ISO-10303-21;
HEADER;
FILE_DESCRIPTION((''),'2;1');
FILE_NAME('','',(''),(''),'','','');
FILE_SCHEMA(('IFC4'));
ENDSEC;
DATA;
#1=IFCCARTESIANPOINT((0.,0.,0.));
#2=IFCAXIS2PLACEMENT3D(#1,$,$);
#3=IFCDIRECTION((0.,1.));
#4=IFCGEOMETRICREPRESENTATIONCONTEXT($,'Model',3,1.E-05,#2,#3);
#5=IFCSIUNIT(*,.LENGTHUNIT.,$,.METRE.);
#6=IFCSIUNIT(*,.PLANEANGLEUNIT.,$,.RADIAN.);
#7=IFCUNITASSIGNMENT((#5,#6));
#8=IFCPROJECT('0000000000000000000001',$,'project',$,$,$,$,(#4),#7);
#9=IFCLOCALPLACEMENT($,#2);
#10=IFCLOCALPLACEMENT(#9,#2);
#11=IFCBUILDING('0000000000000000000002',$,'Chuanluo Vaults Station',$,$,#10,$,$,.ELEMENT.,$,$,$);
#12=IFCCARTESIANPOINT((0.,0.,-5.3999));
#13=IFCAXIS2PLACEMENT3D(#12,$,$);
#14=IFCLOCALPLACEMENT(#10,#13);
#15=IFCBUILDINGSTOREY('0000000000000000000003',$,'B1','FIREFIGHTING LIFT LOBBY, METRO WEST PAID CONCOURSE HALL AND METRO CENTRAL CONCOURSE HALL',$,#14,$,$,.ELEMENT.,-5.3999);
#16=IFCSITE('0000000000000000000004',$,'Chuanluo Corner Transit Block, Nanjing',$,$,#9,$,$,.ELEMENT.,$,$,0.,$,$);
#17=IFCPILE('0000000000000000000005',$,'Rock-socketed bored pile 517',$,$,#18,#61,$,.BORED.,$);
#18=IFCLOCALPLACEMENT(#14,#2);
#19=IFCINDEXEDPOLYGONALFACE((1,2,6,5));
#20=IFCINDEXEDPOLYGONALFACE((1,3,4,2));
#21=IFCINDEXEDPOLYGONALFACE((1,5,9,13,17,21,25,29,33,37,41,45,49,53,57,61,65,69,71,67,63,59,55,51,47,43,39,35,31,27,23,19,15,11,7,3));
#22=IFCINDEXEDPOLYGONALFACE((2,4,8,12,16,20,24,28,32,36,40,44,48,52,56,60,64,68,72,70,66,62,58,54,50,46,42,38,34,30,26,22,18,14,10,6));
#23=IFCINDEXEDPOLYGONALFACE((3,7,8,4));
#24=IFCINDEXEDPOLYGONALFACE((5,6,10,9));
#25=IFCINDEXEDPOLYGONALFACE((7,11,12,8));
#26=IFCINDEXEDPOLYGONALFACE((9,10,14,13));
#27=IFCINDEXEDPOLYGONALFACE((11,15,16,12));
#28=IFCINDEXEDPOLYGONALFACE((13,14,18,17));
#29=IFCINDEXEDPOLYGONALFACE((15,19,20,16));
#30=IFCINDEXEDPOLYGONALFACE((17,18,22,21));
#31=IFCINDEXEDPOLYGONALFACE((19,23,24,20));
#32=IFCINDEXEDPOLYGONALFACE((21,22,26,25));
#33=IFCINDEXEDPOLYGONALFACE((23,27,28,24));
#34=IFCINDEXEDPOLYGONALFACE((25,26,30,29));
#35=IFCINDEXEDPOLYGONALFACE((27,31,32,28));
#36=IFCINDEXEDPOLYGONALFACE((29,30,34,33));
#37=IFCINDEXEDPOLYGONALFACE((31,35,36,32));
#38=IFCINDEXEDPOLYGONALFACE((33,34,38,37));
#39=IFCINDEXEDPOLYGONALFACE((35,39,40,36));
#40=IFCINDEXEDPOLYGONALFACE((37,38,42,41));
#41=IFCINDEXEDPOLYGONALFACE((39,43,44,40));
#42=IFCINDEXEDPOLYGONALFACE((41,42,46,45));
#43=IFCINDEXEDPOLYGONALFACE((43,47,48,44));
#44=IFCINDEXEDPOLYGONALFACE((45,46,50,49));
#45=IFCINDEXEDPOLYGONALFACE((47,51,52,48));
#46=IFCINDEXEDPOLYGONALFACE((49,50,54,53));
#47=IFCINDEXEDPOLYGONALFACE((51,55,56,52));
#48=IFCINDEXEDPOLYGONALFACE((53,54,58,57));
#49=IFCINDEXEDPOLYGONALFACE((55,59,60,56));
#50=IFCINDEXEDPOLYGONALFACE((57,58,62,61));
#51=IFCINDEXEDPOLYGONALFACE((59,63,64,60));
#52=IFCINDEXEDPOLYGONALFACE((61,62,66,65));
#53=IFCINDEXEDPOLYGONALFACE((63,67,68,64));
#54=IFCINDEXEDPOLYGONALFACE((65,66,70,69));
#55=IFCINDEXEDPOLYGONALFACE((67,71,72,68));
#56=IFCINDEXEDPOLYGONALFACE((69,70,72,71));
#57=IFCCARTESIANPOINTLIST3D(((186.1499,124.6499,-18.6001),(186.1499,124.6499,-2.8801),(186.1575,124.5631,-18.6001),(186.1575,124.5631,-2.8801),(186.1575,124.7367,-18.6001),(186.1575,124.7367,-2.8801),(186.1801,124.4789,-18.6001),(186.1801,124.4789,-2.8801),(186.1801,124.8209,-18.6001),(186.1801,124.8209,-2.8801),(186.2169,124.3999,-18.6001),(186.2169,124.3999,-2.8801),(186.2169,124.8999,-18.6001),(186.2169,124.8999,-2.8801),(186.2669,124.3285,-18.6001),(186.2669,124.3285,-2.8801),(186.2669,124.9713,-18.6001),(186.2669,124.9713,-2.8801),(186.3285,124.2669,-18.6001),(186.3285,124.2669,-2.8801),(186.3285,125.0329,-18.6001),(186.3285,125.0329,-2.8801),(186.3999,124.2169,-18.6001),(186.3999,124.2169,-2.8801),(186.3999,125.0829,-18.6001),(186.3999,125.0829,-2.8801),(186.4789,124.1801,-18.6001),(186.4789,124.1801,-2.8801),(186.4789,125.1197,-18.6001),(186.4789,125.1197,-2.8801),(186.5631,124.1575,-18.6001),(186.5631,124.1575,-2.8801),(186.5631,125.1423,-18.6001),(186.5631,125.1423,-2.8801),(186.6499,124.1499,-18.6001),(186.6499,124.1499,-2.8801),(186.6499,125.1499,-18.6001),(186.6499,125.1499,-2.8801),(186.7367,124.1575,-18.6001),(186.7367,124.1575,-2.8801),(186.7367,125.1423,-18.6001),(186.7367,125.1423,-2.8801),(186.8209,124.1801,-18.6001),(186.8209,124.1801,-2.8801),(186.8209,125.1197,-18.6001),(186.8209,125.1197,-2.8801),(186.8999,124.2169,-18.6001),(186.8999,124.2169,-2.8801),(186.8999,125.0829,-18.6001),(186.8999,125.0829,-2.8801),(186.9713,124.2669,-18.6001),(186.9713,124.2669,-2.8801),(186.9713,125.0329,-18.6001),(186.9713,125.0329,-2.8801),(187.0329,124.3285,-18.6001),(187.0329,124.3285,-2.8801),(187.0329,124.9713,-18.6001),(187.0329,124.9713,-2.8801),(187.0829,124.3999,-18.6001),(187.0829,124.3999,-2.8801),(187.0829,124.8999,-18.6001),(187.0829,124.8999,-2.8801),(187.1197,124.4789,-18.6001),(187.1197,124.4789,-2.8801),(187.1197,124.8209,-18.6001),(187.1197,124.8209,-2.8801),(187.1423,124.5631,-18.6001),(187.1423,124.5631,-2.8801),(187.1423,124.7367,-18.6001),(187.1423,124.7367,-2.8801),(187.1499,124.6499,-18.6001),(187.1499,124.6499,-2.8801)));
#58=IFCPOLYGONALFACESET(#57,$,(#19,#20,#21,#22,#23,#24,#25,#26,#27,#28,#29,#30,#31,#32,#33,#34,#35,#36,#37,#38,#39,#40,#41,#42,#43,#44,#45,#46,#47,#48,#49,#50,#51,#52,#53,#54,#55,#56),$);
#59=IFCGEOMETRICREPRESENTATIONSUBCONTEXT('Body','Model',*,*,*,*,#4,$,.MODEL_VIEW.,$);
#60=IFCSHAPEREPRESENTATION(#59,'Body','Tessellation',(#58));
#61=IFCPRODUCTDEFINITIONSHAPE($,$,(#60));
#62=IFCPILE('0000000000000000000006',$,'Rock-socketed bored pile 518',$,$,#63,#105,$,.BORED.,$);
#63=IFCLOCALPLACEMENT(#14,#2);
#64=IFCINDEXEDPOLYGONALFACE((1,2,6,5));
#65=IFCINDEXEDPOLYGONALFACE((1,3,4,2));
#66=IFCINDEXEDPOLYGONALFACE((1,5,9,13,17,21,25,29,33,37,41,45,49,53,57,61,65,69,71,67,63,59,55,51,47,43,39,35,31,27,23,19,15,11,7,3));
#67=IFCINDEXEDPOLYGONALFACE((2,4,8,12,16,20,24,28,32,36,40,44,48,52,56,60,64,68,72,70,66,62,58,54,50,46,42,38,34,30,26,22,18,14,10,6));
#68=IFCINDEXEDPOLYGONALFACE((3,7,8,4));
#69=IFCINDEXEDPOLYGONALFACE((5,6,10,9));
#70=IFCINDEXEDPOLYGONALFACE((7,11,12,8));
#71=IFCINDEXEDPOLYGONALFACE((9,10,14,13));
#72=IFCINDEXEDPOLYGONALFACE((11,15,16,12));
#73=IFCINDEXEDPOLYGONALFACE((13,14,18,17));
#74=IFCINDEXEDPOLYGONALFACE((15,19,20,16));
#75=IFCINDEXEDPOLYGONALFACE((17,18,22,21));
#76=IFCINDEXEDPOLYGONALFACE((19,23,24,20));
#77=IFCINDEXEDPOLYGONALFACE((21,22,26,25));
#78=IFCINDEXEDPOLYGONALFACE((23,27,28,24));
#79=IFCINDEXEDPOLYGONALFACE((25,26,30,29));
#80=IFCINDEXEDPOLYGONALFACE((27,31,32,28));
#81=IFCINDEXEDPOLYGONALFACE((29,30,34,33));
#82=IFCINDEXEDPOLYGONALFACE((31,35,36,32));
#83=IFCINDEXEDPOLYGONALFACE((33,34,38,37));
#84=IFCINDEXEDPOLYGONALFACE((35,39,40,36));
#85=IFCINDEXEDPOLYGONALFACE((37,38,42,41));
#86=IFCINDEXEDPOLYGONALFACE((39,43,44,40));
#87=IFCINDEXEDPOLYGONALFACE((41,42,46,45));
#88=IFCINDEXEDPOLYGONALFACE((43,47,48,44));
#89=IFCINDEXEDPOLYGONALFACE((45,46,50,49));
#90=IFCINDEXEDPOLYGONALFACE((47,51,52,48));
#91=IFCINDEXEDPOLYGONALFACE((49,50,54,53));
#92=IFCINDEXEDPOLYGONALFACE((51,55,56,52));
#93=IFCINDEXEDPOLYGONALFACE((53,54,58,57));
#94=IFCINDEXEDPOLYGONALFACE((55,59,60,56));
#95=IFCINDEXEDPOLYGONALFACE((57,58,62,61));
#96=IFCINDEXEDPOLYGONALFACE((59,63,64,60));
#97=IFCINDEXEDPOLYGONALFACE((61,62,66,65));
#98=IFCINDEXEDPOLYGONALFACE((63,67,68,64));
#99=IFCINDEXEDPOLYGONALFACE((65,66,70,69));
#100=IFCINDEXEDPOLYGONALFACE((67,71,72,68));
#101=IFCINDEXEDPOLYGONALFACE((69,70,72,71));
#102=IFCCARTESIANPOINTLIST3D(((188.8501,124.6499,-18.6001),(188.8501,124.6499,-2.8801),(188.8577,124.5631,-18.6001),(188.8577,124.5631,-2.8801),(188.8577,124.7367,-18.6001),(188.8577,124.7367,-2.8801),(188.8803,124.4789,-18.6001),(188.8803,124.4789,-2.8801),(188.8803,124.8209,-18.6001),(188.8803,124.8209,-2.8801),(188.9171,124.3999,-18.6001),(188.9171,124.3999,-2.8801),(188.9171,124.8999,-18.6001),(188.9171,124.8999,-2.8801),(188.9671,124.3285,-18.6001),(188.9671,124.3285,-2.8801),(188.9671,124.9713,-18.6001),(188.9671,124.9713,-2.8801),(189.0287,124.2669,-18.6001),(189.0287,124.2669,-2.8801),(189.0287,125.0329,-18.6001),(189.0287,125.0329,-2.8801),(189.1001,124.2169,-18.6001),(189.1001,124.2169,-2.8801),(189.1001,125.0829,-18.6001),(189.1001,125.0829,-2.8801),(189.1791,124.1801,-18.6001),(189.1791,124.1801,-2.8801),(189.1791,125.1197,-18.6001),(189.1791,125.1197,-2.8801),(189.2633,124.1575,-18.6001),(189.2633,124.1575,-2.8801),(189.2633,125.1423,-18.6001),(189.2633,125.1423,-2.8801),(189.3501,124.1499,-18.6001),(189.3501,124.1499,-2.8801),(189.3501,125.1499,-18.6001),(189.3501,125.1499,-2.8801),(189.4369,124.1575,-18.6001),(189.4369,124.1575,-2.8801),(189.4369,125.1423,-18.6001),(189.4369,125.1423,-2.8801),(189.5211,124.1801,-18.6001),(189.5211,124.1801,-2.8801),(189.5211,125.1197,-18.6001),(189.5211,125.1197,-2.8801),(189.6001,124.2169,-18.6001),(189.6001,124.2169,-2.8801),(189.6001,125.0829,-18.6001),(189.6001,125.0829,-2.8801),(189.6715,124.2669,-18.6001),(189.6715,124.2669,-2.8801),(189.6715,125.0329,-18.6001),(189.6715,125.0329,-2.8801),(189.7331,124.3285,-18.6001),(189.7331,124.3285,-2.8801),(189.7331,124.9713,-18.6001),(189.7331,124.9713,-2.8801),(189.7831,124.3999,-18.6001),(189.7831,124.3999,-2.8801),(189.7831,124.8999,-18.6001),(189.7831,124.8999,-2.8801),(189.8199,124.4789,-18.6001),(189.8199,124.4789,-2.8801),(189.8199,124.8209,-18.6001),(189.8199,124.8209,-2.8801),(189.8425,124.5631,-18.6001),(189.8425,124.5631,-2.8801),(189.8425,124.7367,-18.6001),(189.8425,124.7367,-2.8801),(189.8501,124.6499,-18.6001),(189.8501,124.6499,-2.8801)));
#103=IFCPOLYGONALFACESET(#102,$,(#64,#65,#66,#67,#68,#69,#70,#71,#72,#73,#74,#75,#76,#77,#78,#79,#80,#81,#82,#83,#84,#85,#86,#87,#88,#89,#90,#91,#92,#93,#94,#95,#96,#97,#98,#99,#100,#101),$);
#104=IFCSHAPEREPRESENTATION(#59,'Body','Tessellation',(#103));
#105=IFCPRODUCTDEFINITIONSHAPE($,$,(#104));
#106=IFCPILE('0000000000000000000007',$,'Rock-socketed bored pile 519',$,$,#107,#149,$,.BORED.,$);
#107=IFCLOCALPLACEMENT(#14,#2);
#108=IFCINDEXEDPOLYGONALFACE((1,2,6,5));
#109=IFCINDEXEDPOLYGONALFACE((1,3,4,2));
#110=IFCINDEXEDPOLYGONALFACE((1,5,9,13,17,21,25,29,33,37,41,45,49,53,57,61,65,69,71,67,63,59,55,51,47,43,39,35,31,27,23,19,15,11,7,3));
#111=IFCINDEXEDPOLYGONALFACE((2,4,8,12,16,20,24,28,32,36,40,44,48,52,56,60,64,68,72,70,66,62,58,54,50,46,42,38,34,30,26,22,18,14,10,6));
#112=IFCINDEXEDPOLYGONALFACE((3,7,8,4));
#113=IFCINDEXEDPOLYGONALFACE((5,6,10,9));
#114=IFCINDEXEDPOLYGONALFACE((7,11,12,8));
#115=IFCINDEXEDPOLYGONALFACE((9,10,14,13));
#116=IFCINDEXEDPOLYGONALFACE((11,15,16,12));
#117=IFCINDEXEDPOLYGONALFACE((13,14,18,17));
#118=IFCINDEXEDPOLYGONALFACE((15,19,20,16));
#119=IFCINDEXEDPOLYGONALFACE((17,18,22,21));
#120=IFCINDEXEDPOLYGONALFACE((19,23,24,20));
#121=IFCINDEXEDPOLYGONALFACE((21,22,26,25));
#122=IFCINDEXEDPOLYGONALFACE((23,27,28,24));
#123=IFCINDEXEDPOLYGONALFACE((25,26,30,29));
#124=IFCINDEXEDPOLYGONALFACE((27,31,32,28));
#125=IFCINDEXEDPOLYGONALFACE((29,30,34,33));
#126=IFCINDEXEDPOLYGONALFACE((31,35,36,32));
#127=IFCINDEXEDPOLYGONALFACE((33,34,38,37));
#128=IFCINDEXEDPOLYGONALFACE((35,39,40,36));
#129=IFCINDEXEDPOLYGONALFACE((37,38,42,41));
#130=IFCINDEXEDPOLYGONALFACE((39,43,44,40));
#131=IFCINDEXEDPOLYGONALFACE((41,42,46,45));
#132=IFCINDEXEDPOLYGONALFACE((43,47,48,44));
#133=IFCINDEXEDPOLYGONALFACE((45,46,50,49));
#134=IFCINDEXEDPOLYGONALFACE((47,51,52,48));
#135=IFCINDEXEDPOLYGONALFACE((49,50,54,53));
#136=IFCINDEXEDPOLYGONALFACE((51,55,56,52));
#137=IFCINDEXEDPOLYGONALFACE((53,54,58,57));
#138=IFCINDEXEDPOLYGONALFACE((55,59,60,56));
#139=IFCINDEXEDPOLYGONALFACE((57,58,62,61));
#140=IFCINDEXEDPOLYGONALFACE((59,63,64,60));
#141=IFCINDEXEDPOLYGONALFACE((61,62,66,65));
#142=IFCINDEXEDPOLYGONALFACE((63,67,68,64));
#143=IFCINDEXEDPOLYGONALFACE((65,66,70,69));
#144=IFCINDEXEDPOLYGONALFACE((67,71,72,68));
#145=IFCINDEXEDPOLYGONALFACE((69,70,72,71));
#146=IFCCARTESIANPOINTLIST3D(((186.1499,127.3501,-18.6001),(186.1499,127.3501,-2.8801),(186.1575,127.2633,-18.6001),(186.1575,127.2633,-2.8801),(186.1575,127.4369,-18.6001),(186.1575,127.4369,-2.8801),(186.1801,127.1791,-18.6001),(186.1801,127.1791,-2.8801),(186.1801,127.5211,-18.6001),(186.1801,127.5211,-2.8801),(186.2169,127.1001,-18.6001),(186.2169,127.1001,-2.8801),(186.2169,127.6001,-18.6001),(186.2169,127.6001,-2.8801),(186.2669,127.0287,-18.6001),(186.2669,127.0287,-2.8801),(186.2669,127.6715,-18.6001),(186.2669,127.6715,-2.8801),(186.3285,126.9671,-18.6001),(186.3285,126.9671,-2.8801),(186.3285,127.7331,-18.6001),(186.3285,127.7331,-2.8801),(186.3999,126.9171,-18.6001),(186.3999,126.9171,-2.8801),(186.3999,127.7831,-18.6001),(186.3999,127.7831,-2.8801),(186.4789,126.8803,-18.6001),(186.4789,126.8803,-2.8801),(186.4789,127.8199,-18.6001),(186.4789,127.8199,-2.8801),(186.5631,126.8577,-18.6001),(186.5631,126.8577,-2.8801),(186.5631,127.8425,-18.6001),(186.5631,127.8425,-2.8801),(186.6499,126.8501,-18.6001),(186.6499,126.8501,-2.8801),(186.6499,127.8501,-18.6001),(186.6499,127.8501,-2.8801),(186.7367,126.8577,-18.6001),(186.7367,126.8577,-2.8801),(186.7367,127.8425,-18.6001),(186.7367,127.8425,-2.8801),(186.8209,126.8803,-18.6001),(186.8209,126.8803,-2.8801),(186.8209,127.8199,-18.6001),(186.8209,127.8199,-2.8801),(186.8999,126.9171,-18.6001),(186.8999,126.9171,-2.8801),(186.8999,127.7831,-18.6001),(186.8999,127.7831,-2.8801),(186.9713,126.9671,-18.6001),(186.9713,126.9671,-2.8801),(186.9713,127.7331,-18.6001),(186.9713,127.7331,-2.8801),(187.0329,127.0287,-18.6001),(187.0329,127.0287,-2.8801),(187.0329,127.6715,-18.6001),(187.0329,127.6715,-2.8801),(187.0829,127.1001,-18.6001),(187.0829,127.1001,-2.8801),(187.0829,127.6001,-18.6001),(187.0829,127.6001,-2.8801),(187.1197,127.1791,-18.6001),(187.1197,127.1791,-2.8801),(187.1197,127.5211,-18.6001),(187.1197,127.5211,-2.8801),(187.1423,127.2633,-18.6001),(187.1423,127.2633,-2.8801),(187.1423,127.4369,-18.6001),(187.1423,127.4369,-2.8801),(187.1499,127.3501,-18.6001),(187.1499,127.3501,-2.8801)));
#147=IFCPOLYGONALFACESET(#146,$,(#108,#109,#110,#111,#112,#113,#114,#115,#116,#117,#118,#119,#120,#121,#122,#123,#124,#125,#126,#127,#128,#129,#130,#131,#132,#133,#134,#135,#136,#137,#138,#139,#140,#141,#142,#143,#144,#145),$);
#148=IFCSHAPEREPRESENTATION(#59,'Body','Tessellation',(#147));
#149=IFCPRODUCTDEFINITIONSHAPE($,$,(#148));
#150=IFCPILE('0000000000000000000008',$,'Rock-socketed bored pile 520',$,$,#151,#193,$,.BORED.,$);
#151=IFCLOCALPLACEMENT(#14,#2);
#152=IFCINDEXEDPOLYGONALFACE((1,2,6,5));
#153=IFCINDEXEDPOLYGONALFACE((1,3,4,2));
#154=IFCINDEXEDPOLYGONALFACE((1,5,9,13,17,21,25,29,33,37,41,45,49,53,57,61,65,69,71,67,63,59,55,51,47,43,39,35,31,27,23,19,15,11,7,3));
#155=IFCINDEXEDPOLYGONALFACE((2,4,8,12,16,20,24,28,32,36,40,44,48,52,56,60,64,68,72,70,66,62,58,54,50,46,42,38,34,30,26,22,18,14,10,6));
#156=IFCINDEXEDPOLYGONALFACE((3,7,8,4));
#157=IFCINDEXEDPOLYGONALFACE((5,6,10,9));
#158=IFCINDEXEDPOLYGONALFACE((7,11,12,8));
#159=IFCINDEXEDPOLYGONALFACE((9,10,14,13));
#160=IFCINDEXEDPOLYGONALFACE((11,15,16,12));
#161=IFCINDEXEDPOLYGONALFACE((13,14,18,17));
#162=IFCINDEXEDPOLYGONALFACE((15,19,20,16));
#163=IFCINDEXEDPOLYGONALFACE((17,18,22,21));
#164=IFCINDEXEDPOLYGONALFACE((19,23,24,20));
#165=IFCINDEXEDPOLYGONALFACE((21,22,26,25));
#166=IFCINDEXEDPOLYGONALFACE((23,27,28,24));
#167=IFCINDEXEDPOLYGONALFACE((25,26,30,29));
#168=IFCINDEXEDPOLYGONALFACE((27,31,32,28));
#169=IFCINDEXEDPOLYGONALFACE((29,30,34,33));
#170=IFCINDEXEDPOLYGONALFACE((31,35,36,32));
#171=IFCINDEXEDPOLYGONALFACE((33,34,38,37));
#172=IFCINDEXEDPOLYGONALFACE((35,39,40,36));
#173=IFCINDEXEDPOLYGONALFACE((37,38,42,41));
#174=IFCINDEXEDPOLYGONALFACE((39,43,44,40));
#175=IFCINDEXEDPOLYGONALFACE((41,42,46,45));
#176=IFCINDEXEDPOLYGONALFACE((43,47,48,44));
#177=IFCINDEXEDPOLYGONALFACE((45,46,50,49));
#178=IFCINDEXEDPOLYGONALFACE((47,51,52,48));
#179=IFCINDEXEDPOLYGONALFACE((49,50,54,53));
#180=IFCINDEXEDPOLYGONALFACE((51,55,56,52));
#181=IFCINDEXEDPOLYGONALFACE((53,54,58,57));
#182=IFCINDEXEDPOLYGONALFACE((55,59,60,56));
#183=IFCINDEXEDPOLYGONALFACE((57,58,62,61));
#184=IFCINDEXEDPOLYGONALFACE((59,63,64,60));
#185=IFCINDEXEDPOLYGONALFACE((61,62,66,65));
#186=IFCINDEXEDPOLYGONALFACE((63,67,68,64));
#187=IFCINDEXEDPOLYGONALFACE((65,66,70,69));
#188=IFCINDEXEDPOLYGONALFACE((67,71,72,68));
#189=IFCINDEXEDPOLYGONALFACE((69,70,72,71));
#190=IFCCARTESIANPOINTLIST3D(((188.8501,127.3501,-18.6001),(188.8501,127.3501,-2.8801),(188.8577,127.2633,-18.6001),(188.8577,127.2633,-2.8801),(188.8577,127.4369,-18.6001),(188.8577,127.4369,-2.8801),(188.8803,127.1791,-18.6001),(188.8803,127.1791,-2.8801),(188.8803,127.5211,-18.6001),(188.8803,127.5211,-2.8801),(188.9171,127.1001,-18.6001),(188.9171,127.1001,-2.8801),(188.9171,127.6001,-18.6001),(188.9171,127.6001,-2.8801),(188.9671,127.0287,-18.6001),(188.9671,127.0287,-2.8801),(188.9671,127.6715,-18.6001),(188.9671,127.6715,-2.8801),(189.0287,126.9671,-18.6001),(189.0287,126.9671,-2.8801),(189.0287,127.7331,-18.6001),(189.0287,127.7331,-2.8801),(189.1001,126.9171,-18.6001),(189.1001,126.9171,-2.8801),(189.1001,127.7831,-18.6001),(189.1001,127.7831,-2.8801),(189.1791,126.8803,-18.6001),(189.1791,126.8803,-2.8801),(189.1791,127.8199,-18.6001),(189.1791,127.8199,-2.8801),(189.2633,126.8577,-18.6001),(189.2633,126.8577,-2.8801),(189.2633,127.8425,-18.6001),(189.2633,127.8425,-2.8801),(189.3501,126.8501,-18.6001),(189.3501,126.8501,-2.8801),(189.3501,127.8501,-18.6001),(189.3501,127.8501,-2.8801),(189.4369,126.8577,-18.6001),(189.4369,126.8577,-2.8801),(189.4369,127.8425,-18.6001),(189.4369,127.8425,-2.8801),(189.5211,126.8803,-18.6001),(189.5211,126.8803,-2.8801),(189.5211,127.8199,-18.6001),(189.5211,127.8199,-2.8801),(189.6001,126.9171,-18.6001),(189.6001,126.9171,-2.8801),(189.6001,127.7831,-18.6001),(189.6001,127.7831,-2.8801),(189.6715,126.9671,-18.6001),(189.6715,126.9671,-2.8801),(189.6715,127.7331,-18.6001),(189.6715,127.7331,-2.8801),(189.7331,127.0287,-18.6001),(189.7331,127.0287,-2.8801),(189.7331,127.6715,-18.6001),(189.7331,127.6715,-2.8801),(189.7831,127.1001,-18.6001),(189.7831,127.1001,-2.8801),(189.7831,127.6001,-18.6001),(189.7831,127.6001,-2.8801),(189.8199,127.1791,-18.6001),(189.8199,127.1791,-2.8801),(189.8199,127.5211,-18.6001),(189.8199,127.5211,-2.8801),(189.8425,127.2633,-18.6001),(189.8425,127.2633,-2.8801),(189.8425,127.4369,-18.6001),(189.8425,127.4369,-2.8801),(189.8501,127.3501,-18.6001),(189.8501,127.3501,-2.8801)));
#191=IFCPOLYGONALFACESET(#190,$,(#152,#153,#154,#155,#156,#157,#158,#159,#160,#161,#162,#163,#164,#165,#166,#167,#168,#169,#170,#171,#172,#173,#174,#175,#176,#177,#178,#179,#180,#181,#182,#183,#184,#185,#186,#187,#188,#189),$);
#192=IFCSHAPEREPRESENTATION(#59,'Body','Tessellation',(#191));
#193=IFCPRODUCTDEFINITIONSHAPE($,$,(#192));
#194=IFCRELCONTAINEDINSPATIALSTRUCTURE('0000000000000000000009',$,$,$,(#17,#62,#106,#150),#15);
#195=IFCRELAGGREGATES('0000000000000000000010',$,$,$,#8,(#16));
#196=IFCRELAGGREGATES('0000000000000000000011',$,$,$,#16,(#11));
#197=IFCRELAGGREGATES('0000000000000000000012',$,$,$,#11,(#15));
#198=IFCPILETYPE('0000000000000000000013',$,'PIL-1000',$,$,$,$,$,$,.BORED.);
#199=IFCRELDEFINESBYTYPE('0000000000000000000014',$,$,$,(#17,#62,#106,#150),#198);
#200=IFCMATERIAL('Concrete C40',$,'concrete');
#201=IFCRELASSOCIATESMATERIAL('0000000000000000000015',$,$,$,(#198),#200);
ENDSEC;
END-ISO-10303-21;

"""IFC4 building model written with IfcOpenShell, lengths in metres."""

from ifc_helpers import new_model, si_unit, direction, frame, origin, origin_2d, place, context, subcontext, project, spatial, circle, extrude, material, material_profile, profile_set, type_object, element, save


model = new_model("IFC4")

# Units and contexts
model_context = context("Model", 3, precision=1e-05, world=origin(), true_north=direction((0.0, 1.0)))
body_context = subcontext(model_context, "Body", "Model", "MODEL_VIEW")
ifc_project = project(units=[si_unit("LENGTHUNIT", "METRE"), si_unit("PLANEANGLEUNIT", "RADIAN")], contexts=[model_context])

# Site, building, storey
site_placement = place(None, origin())
site = spatial("IfcSite", under=ifc_project, at=site_placement, Name="Chuanluo Corner Transit Block, Nanjing", CompositionType="ELEMENT", RefElevation=0.0)
building_placement = place(site_placement, origin())
building = spatial("IfcBuilding", under=site, at=building_placement, Name="Chuanluo Vaults Station", CompositionType="ELEMENT")
storey_placement = place(building_placement, frame((0.0, 0.0, -5.3999)))
storey = spatial("IfcBuildingStorey", under=building, at=storey_placement, Name="B1", Description="FIREFIGHTING LIFT LOBBY, METRO WEST PAID CONCOURSE HALL AND METRO CENTRAL CONCOURSE HALL", CompositionType="ELEMENT", Elevation=-5.3999)

# Piles
ifc_material_1 = material(Name="Concrete C40", Category="concrete")
ifc_material_profile_1 = material_profile(ifc_material_1, circle(Radius=0.5, at=origin_2d()))
ifc_profile_set_1 = profile_set([ifc_material_profile_1], Name="Concrete C40")
pile_type_1 = type_object("IfcPileType", Name="PIL-1000", PredefinedType="BORED", material=ifc_profile_set_1)
for number, where, z_axis, x_axis, name in (
    (1, (186.6499, 124.6499, -2.8801), (0.0, 0.0, -1.0), (1.0, 0.0, 0.0), "Rock-socketed bored pile 517"),
    (2, (189.3501, 124.6499, -2.8801), (0.0, 0.0, -1.0), (1.0, 0.0, 0.0), "Rock-socketed bored pile 518"),
    (3, (186.6499, 127.3501, -2.8801), (0.0, 0.0, -1.0), (1.0, 0.0, 0.0), "Rock-socketed bored pile 519"),
    (4, (189.3501, 127.3501, -2.8801), (0.0, 0.0, -1.0), (1.0, 0.0, 0.0), "Rock-socketed bored pile 520"),
):
    element("IfcPile", number, at=place(storey_placement, frame(where, z_axis=z_axis, x_axis=x_axis)), inside=storey, type_object=pile_type_1, Name=name, PredefinedType="BORED", context=body_context, shape_type="SweptSolid", body=[
        extrude(circle(Radius=0.5, at=origin_2d()), origin(), (0.0, 0.0, 1.0), 15.72),
    ])

save(model, "model.ifc")
